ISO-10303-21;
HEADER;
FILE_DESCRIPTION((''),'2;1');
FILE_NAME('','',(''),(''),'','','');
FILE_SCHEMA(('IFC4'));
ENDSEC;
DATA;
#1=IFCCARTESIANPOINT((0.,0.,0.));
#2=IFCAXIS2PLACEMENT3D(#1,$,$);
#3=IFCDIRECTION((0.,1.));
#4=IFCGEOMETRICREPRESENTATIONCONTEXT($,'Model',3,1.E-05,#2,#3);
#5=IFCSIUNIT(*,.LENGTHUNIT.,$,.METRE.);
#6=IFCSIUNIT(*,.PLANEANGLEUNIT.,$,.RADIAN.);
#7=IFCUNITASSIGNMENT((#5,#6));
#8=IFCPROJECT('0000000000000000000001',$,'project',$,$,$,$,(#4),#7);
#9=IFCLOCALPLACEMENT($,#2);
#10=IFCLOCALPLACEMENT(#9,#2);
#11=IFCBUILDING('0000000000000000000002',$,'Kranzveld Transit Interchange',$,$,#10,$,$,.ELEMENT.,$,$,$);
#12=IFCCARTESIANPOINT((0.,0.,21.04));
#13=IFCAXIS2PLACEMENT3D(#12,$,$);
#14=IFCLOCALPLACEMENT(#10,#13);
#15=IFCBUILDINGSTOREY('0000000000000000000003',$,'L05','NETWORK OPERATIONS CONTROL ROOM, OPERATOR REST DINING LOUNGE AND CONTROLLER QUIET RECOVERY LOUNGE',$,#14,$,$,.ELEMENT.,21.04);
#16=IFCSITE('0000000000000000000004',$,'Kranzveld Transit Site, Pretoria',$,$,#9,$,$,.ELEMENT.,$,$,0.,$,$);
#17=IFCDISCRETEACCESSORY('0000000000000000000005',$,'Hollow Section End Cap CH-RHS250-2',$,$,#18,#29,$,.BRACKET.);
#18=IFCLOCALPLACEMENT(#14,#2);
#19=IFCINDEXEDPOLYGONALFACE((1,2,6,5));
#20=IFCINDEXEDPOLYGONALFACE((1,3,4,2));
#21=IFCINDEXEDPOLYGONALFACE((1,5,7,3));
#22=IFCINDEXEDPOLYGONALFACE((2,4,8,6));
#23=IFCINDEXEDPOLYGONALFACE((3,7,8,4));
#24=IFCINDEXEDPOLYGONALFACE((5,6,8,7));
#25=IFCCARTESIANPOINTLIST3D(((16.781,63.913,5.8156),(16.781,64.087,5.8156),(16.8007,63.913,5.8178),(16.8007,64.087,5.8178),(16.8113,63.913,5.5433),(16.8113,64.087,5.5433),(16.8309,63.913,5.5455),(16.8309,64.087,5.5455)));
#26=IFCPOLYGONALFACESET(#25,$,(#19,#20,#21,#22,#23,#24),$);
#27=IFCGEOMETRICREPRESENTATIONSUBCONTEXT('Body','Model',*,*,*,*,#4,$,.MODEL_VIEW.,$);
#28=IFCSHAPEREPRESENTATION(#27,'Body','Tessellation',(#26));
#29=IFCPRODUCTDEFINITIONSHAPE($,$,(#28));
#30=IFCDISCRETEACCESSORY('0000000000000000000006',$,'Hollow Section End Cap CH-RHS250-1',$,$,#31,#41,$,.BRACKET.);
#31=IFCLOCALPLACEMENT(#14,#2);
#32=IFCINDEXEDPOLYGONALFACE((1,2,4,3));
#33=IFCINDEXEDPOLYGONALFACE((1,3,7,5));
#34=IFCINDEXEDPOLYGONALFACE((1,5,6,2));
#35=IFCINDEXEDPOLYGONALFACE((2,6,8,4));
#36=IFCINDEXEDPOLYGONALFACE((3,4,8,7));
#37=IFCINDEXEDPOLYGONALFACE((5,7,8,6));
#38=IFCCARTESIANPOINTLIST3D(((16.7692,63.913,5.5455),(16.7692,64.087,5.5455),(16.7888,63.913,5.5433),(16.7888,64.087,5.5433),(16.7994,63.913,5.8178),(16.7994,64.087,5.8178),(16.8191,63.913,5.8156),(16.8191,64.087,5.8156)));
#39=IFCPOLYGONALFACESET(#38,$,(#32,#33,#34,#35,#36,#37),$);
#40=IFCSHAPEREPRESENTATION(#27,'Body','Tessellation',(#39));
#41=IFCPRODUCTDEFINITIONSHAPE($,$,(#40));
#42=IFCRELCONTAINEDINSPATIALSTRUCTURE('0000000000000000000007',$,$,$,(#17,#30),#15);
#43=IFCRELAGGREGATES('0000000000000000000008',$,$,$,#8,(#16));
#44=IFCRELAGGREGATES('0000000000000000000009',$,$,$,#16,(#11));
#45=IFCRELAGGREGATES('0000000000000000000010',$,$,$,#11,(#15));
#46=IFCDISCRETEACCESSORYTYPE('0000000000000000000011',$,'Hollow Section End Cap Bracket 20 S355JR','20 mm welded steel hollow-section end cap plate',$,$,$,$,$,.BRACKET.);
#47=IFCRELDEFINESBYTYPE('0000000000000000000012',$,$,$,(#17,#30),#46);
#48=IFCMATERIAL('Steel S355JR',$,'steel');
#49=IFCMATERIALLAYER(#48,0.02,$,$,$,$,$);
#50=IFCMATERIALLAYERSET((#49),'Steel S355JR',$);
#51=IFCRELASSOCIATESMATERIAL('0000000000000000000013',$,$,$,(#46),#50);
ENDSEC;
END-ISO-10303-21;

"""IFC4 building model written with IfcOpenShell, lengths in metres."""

from ifc_helpers import new_model, si_unit, direction, frame, origin, origin_2d, place, context, subcontext, project, spatial, rectangle, extrude, material, layer, layer_set, type_object, element, save


model = new_model("IFC4")

# Units and contexts
model_context = context("Model", 3, precision=1e-05, world=origin(), true_north=direction((0.0, 1.0)))
body_context = subcontext(model_context, "Body", "Model", "MODEL_VIEW")
ifc_project = project(units=[si_unit("LENGTHUNIT", "METRE"), si_unit("PLANEANGLEUNIT", "RADIAN")], contexts=[model_context])

# Site, building, storey
site_placement = place(None, origin())
site = spatial("IfcSite", under=ifc_project, at=site_placement, Name="Kranzveld Transit Site, Pretoria", CompositionType="ELEMENT", RefElevation=0.0)
building_placement = place(site_placement, origin())
building = spatial("IfcBuilding", under=site, at=building_placement, Name="Kranzveld Transit Interchange", CompositionType="ELEMENT")
storey_placement = place(building_placement, frame((0.0, 0.0, 21.04)))
storey = spatial("IfcBuildingStorey", under=building, at=storey_placement, Name="L05", Description="NETWORK OPERATIONS CONTROL ROOM, OPERATOR REST DINING LOUNGE AND CONTROLLER QUIET RECOVERY LOUNGE", CompositionType="ELEMENT", Elevation=21.04)

# Discrete accessories
ifc_material_1 = material(Name="Steel S355JR", Category="steel")
ifc_layer_1 = layer(ifc_material_1, 0.02)
ifc_layer_set_1 = layer_set([ifc_layer_1], Name="Steel S355JR")
discrete_accessory_type = type_object("IfcDiscreteAccessoryType", Name="Hollow Section End Cap Bracket 20 S355JR", Description="20 mm welded steel hollow-section end cap plate", PredefinedType="BRACKET", material=ifc_layer_set_1)
for number, where, z_axis, x_axis, name in (
    (1, (16.7961, 64.0, 5.6794), (0.993884, 0.0, 0.110432), (0.0, 1.0, 0.0), "Hollow Section End Cap CH-RHS250-2"),
    (2, (16.804, 64.0, 5.6794), (-0.993884, 0.0, 0.110432), (0.0, -1.0, 0.0), "Hollow Section End Cap CH-RHS250-1"),
):
    element("IfcDiscreteAccessory", number, at=place(storey_placement, frame(where, z_axis=z_axis, x_axis=x_axis)), inside=storey, type_object=discrete_accessory_type, Name=name, PredefinedType="BRACKET", context=body_context, shape_type="SweptSolid", body=[
        extrude(rectangle(XDim=0.1741, YDim=0.2739, at=origin_2d()), origin(), (0.0, 0.0, 1.0), 0.0198),
    ])

save(model, "model.ifc")
